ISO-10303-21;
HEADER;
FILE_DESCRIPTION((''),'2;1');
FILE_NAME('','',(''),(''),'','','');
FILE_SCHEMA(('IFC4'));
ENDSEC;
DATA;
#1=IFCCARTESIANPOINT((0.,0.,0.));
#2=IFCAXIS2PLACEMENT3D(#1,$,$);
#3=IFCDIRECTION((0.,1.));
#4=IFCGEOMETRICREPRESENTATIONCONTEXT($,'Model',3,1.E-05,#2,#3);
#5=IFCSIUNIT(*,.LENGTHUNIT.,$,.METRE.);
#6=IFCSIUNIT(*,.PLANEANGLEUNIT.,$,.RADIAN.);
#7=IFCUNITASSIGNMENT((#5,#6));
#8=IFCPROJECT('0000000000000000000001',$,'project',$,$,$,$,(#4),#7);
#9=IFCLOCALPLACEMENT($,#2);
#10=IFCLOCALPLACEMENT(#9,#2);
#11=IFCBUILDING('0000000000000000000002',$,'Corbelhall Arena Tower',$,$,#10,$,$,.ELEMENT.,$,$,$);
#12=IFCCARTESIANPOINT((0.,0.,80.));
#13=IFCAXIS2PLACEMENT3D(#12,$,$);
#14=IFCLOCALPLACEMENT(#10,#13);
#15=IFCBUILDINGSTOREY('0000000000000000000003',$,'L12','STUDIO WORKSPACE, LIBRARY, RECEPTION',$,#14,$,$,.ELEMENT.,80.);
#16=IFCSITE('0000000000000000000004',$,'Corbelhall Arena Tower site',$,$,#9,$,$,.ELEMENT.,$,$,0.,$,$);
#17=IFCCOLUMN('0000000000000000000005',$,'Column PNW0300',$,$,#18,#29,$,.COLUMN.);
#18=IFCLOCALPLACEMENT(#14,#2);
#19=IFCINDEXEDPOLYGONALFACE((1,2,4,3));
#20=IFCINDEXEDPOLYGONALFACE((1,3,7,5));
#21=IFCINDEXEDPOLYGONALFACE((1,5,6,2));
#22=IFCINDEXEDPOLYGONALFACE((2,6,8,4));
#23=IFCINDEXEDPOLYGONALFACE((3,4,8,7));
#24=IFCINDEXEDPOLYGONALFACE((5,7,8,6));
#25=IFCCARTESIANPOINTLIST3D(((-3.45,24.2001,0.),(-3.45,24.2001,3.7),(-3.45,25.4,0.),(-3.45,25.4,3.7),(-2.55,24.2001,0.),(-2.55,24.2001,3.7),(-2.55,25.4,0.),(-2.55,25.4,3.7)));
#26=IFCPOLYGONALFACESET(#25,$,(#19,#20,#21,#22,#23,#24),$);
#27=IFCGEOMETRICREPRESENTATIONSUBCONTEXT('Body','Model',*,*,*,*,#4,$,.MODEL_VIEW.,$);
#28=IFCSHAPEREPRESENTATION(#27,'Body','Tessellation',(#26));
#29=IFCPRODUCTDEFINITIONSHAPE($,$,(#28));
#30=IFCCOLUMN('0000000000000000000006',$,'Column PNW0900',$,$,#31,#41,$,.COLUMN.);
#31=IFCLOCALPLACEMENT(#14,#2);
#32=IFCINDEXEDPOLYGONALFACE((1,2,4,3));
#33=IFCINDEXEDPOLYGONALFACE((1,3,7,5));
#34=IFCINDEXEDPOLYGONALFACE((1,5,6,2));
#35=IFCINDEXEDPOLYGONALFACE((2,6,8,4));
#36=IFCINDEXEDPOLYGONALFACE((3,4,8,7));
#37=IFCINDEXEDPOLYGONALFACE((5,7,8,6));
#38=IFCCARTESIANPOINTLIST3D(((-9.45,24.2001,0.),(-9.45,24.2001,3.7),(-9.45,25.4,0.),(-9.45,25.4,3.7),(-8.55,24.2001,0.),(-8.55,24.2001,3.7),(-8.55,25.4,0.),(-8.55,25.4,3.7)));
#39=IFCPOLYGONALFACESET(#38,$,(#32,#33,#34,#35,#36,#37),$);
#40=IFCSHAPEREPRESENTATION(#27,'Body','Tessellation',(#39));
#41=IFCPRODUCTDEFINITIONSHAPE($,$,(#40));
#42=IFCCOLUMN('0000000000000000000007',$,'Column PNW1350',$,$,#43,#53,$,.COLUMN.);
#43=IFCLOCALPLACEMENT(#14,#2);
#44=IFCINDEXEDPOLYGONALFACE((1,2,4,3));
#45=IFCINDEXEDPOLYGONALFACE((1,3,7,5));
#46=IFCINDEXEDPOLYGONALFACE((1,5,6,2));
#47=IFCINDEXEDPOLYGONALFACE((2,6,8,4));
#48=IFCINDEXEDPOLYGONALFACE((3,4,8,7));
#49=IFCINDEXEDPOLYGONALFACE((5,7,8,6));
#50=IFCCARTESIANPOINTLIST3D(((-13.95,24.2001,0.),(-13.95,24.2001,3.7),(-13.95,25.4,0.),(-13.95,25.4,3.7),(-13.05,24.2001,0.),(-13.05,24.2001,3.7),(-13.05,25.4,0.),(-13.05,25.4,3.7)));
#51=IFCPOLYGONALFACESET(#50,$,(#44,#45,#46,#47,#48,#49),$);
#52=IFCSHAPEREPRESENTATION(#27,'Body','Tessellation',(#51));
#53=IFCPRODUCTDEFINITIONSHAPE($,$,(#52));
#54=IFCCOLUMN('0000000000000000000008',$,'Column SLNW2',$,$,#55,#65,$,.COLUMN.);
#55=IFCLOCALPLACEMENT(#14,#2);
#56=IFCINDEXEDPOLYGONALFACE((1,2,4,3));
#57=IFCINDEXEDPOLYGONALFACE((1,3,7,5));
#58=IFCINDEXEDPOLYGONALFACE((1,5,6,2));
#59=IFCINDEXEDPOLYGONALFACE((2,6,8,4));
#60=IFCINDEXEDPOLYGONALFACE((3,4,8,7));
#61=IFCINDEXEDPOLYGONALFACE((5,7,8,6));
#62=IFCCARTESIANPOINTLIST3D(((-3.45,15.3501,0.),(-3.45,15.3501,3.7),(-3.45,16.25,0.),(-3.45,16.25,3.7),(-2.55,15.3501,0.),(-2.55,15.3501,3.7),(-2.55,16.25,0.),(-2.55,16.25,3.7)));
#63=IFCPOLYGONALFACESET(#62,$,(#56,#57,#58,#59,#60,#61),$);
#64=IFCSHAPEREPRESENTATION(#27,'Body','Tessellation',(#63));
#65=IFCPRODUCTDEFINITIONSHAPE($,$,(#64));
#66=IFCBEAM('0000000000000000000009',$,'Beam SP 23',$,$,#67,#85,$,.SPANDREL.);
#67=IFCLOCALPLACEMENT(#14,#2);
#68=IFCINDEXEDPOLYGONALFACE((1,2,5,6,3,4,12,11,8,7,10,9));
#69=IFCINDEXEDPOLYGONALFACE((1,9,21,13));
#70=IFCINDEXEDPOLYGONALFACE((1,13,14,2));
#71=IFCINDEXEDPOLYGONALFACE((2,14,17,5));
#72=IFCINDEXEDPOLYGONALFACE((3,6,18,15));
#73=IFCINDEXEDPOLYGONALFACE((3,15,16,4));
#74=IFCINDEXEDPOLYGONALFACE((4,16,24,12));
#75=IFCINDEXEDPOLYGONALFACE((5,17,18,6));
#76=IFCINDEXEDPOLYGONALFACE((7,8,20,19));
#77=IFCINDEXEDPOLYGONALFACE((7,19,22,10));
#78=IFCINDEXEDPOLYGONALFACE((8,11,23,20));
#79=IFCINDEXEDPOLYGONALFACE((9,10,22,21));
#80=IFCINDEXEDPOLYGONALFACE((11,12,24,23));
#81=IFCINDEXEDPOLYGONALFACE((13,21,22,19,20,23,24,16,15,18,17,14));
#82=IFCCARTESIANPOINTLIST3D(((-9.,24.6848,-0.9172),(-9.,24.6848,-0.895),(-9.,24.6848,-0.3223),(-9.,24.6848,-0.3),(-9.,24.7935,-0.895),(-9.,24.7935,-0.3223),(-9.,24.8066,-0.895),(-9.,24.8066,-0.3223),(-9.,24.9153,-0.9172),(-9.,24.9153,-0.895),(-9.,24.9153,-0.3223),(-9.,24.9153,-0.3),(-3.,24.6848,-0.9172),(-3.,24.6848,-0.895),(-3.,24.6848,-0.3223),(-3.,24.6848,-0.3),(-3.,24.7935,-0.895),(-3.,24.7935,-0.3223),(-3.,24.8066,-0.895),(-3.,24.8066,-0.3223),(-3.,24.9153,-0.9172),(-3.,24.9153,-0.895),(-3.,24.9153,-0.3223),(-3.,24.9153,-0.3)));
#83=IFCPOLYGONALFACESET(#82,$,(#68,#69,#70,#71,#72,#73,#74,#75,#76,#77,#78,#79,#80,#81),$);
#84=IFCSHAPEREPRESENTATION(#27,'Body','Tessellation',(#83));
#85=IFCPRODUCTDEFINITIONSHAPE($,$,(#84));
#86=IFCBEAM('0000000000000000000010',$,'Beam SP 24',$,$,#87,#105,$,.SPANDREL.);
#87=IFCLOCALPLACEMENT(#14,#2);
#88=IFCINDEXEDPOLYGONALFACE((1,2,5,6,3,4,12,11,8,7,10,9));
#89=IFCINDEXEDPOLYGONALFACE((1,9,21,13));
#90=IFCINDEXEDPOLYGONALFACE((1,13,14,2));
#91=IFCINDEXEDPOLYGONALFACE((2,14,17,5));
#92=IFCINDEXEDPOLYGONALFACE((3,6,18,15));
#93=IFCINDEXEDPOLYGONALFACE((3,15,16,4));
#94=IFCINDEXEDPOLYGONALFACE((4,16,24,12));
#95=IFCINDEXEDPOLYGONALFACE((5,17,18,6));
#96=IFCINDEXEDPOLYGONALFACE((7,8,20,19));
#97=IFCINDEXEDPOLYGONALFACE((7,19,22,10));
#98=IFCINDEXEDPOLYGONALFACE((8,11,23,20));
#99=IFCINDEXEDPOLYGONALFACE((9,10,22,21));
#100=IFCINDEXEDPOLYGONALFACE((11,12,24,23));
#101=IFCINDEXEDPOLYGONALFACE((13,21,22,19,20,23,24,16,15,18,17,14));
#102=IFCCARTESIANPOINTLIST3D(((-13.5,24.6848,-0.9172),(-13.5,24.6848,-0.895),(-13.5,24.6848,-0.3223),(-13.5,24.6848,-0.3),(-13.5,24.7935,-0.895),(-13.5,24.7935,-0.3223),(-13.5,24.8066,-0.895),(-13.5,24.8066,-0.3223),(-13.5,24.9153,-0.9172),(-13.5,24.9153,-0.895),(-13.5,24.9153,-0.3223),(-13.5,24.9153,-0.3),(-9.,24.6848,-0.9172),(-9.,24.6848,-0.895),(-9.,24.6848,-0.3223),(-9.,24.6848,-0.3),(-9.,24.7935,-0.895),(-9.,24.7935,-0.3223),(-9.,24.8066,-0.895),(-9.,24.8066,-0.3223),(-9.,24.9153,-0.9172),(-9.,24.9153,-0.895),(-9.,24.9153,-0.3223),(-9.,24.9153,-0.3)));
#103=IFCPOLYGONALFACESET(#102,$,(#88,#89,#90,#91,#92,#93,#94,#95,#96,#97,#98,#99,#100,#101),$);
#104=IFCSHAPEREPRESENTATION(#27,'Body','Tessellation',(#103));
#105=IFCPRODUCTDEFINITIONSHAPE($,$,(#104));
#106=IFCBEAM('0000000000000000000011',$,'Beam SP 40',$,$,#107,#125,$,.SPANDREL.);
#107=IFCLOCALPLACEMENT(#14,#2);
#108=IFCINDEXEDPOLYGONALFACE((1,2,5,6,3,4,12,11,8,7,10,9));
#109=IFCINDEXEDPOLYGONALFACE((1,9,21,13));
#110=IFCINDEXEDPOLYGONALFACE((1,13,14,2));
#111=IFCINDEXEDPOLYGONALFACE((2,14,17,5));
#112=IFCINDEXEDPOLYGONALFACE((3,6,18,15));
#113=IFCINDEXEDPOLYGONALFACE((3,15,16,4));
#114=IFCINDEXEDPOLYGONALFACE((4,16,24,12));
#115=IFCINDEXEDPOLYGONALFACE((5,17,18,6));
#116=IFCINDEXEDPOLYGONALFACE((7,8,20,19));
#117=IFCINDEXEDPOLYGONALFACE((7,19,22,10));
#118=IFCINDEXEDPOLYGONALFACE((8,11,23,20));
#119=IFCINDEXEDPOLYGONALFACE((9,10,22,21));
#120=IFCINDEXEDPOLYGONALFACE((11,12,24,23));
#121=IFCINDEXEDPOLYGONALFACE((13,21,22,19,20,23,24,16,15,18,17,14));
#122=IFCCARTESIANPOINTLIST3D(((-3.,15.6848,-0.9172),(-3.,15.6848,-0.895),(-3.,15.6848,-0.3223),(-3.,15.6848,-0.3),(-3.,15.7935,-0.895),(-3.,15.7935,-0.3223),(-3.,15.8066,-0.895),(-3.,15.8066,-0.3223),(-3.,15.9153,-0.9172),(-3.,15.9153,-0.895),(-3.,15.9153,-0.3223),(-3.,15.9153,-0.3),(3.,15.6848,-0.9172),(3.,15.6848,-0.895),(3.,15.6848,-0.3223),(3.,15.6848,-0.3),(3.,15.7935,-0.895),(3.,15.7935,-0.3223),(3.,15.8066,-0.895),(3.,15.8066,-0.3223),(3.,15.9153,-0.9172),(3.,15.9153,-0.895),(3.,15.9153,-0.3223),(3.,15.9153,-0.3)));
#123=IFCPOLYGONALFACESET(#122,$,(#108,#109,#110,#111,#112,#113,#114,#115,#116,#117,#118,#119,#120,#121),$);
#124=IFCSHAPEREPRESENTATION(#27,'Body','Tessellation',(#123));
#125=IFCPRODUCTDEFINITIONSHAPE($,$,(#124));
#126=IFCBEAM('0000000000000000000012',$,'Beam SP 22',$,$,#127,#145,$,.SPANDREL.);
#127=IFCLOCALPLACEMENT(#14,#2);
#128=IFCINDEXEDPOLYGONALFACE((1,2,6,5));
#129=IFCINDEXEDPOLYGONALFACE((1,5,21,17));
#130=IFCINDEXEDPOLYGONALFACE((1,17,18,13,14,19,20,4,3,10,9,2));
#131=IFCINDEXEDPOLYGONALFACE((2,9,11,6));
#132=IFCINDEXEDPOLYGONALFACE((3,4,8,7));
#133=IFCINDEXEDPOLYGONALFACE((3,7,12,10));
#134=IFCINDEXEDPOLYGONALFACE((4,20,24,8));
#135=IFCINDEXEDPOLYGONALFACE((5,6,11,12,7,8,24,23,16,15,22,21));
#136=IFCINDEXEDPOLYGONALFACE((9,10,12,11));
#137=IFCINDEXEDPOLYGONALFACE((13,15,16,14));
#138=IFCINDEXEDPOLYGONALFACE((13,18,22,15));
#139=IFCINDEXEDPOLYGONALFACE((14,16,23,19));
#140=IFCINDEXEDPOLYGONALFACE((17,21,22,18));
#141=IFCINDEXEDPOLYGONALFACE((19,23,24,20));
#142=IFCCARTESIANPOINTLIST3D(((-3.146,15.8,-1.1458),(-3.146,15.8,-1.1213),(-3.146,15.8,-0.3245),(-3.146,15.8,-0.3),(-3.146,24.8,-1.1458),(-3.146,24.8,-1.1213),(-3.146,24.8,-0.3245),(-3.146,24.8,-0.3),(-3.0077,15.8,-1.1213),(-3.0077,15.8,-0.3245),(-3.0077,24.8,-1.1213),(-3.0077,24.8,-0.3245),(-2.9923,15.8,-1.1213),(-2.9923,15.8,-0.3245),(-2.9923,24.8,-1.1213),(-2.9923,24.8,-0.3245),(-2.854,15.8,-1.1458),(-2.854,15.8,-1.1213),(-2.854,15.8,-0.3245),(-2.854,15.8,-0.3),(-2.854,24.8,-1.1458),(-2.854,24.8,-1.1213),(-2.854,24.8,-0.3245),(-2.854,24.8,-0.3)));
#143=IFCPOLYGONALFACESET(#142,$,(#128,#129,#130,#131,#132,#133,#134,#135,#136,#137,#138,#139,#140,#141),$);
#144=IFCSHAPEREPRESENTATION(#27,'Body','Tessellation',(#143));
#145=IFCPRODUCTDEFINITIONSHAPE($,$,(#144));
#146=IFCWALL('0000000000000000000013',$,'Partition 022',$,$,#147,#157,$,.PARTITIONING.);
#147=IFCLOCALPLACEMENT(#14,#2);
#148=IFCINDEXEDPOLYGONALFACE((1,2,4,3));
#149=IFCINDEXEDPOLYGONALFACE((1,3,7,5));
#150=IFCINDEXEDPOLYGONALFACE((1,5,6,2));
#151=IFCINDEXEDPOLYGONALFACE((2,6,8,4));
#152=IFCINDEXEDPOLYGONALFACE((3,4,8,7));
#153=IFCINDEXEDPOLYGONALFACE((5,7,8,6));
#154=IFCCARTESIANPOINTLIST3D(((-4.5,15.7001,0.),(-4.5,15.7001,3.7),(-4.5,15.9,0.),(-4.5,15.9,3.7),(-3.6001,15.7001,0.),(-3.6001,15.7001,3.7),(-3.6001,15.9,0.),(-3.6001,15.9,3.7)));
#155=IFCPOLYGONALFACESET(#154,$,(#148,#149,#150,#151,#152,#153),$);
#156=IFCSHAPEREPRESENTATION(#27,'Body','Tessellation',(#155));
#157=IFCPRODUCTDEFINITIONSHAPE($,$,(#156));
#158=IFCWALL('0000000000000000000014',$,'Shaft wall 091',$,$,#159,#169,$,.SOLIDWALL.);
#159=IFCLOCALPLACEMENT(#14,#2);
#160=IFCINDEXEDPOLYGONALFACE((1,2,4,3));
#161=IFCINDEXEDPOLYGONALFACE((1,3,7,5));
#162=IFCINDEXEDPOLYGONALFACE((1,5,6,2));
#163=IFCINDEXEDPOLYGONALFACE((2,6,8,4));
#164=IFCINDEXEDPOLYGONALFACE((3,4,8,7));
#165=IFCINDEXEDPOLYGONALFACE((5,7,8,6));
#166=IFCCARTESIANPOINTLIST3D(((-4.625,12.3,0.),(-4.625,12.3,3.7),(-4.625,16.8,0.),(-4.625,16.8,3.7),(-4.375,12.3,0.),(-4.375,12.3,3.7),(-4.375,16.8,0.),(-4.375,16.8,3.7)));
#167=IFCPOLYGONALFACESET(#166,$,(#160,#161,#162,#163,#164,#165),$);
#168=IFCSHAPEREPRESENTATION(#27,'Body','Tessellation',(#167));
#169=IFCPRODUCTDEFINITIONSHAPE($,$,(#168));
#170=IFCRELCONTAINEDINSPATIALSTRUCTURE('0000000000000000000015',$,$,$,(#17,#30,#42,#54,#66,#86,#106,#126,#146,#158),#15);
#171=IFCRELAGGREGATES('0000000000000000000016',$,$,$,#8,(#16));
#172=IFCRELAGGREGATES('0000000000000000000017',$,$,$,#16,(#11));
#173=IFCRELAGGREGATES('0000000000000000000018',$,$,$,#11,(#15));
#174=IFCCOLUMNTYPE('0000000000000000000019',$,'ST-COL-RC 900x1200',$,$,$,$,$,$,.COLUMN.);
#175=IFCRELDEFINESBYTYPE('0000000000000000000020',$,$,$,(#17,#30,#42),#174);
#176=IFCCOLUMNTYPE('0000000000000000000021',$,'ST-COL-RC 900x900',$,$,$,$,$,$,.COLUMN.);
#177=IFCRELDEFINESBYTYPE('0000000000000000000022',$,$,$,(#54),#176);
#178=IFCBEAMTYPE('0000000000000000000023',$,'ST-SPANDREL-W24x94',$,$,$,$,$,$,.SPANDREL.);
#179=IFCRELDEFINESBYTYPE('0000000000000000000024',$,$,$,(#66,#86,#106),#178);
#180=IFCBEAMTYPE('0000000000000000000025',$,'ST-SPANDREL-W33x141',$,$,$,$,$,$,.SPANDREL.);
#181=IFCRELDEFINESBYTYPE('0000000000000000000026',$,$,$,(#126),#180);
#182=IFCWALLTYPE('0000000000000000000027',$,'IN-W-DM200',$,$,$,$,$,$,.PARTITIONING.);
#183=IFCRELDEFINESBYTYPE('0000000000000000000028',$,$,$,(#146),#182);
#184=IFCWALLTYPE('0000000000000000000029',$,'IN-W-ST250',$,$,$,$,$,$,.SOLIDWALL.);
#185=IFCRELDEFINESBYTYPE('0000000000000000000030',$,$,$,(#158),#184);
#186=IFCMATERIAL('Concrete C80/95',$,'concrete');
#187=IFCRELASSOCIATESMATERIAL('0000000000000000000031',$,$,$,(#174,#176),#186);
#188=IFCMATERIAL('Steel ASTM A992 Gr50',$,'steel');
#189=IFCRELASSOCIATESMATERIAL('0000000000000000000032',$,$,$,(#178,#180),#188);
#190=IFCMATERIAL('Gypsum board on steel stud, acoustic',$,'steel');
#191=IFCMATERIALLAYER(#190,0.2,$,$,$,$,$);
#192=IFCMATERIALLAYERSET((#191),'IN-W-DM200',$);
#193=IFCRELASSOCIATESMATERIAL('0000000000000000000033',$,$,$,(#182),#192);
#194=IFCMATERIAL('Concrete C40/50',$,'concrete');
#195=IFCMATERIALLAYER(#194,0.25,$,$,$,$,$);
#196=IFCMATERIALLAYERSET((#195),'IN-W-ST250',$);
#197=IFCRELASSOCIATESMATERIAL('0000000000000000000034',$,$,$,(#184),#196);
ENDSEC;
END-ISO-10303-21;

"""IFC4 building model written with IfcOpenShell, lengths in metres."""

from ifc_helpers import new_model, si_unit, direction, frame, frame_2d, origin, origin_2d, place, context, subcontext, project, spatial, rectangle, i_section, extrude, material, layer, layer_set, material_profile, profile_set, type_object, element, save


model = new_model("IFC4")

# Units and contexts
model_context = context("Model", 3, precision=1e-05, world=origin(), true_north=direction((0.0, 1.0)))
body_context = subcontext(model_context, "Body", "Model", "MODEL_VIEW")
ifc_project = project(units=[si_unit("LENGTHUNIT", "METRE"), si_unit("PLANEANGLEUNIT", "RADIAN")], contexts=[model_context])

# Site, building, storey
site_placement = place(None, origin())
site = spatial("IfcSite", under=ifc_project, at=site_placement, Name="Corbelhall Arena Tower site", CompositionType="ELEMENT", RefElevation=0.0)
building_placement = place(site_placement, origin())
building = spatial("IfcBuilding", under=site, at=building_placement, Name="Corbelhall Arena Tower", CompositionType="ELEMENT")
storey_placement = place(building_placement, frame((0.0, 0.0, 80.0)))
storey = spatial("IfcBuildingStorey", under=building, at=storey_placement, Name="L12", Description="STUDIO WORKSPACE, LIBRARY, RECEPTION", CompositionType="ELEMENT", Elevation=80.0)

# Columns
ifc_material_1 = material(Name="Concrete C80/95", Category="concrete")
ifc_material_profile_1 = material_profile(ifc_material_1, rectangle(XDim=0.8999, YDim=1.2, at=origin_2d()))
ifc_profile_set_1 = profile_set([ifc_material_profile_1], Name="Concrete C80/95")
column_type_1 = type_object("IfcColumnType", Name="ST-COL-RC 900x1200", PredefinedType="COLUMN", material=ifc_profile_set_1)
for number, where, z_axis, x_axis, name in (
    (1, (-3.0, 24.8, 0.0), (0.0, 0.0, 1.0), (1.0, 0.0, 0.0), "Column PNW0300"),
    (2, (-9.0, 24.8, 0.0), (0.0, 0.0, 1.0), (1.0, 0.0, 0.0), "Column PNW0900"),
    (3, (-13.5, 24.8, 0.0), (0.0, 0.0, 1.0), (1.0, 0.0, 0.0), "Column PNW1350"),
):
    element("IfcColumn", number, at=place(storey_placement, frame(where, z_axis=z_axis, x_axis=x_axis)), inside=storey, type_object=column_type_1, Name=name, PredefinedType="COLUMN", context=body_context, shape_type="SweptSolid", body=[
        extrude(rectangle(XDim=0.8999, YDim=1.2, at=origin_2d()), origin(), (0.0, 0.0, 1.0), 3.7),
    ])
ifc_material_profile_2 = material_profile(ifc_material_1, rectangle(XDim=0.8999, YDim=0.8999, at=origin_2d()))
ifc_profile_set_2 = profile_set([ifc_material_profile_2], Name="Concrete C80/95")
column_type_2 = type_object("IfcColumnType", Name="ST-COL-RC 900x900", PredefinedType="COLUMN", material=ifc_profile_set_2)
column_placement = place(storey_placement, frame((-3.0, 15.8, 0.0), z_axis=(0.0, 0.0, 1.0), x_axis=(1.0, 0.0, 0.0)))
element("IfcColumn", 4, at=column_placement, inside=storey, type_object=column_type_2, Name="Column SLNW2", PredefinedType="COLUMN", context=body_context, shape_type="SweptSolid", body=[
    extrude(rectangle(XDim=0.8999, YDim=0.8999, at=origin_2d()), origin(), (0.0, 0.0, 1.0), 3.7),
])

# Beams
ifc_material_2 = material(Name="Steel ASTM A992 Gr50", Category="steel")
ifc_material_profile_3 = material_profile(ifc_material_2, i_section(OverallWidth=0.2305, OverallDepth=0.6172, WebThickness=0.0132, FlangeThickness=0.0222, at=origin_2d()))
ifc_profile_set_3 = profile_set([ifc_material_profile_3], Name="Steel ASTM A992 Gr50")
beam_type_1 = type_object("IfcBeamType", Name="ST-SPANDREL-W24x94", PredefinedType="SPANDREL", material=ifc_profile_set_3)
beam_1_placement = place(storey_placement, frame((-9.0, 24.8, -0.6086), z_axis=(1.0, 0.0, 0.0), x_axis=(0.0, 1.0, 0.0)))
element("IfcBeam", 5, at=beam_1_placement, inside=storey, type_object=beam_type_1, Name="Beam SP 23", PredefinedType="SPANDREL", context=body_context, shape_type="SweptSolid", body=[
    extrude(i_section(OverallWidth=0.2305, OverallDepth=0.6172, WebThickness=0.0132, FlangeThickness=0.0222, at=origin_2d()), origin(), (0.0, 0.0, 1.0), 6.0),
])
beam_2_placement = place(storey_placement, frame((-13.5, 24.8, -0.6086), z_axis=(1.0, 0.0, 0.0), x_axis=(0.0, 1.0, 0.0)))
element("IfcBeam", 6, at=beam_2_placement, inside=storey, type_object=beam_type_1, Name="Beam SP 24", PredefinedType="SPANDREL", context=body_context, shape_type="SweptSolid", body=[
    extrude(i_section(OverallWidth=0.2305, OverallDepth=0.6172, WebThickness=0.0132, FlangeThickness=0.0222, at=origin_2d()), origin(), (0.0, 0.0, 1.0), 4.5),
])
beam_3_placement = place(storey_placement, frame((-3.0, 15.8, -0.6086), z_axis=(1.0, 0.0, 0.0), x_axis=(0.0, 1.0, 0.0)))
element("IfcBeam", 7, at=beam_3_placement, inside=storey, type_object=beam_type_1, Name="Beam SP 40", PredefinedType="SPANDREL", context=body_context, shape_type="SweptSolid", body=[
    extrude(i_section(OverallWidth=0.2305, OverallDepth=0.6172, WebThickness=0.0132, FlangeThickness=0.0222, at=origin_2d()), origin(), (0.0, 0.0, 1.0), 6.0),
])
ifc_material_profile_4 = material_profile(ifc_material_2, i_section(OverallWidth=0.292, OverallDepth=0.8457, WebThickness=0.0154, FlangeThickness=0.0244, at=origin_2d()))
ifc_profile_set_4 = profile_set([ifc_material_profile_4], Name="Steel ASTM A992 Gr50")
beam_type_2 = type_object("IfcBeamType", Name="ST-SPANDREL-W33x141", PredefinedType="SPANDREL", material=ifc_profile_set_4)
beam_4_placement = place(storey_placement, frame((-3.0, 24.8, -0.7229), z_axis=(0.0, -1.0, 0.0), x_axis=(1.0, 0.0, 0.0)))
element("IfcBeam", 8, at=beam_4_placement, inside=storey, type_object=beam_type_2, Name="Beam SP 22", PredefinedType="SPANDREL", context=body_context, shape_type="SweptSolid", body=[
    extrude(i_section(OverallWidth=0.292, OverallDepth=0.8457, WebThickness=0.0154, FlangeThickness=0.0244, at=origin_2d()), origin(), (0.0, 0.0, 1.0), 9.0),
])

# Walls
ifc_material_3 = material(Name="Gypsum board on steel stud, acoustic", Category="steel")
ifc_layer_1 = layer(ifc_material_3, 0.2)
ifc_layer_set_1 = layer_set([ifc_layer_1], Name="IN-W-DM200")
wall_type_1 = type_object("IfcWallType", Name="IN-W-DM200", PredefinedType="PARTITIONING", material=ifc_layer_set_1)
wall_1_placement = place(storey_placement, frame((-4.5, 15.8, 0.0), z_axis=(0.0, 0.0, 1.0), x_axis=(1.0, 0.0, 0.0)))
element("IfcWall", 9, at=wall_1_placement, inside=storey, type_object=wall_type_1, Name="Partition 022", PredefinedType="PARTITIONING", context=body_context, shape_type="SweptSolid", body=[
    extrude(rectangle(XDim=0.8999, YDim=0.2, at=frame_2d((0.45, 0.0))), origin(), (0.0, 0.0, 1.0), 3.7),
])
ifc_material_4 = material(Name="Concrete C40/50", Category="concrete")
ifc_layer_2 = layer(ifc_material_4, 0.25)
ifc_layer_set_2 = layer_set([ifc_layer_2], Name="IN-W-ST250")
wall_type_2 = type_object("IfcWallType", Name="IN-W-ST250", PredefinedType="SOLIDWALL", material=ifc_layer_set_2)
wall_2_placement = place(storey_placement, frame((-4.5, 16.8, 0.0), z_axis=(0.0, 0.0, 1.0), x_axis=(0.0, -1.0, 0.0)))
element("IfcWall", 10, at=wall_2_placement, inside=storey, type_object=wall_type_2, Name="Shaft wall 091", PredefinedType="SOLIDWALL", context=body_context, shape_type="SweptSolid", body=[
    extrude(rectangle(XDim=4.5, YDim=0.25, at=frame_2d((2.25, 0.0))), origin(), (0.0, 0.0, 1.0), 3.7),
])

save(model, "model.ifc")
